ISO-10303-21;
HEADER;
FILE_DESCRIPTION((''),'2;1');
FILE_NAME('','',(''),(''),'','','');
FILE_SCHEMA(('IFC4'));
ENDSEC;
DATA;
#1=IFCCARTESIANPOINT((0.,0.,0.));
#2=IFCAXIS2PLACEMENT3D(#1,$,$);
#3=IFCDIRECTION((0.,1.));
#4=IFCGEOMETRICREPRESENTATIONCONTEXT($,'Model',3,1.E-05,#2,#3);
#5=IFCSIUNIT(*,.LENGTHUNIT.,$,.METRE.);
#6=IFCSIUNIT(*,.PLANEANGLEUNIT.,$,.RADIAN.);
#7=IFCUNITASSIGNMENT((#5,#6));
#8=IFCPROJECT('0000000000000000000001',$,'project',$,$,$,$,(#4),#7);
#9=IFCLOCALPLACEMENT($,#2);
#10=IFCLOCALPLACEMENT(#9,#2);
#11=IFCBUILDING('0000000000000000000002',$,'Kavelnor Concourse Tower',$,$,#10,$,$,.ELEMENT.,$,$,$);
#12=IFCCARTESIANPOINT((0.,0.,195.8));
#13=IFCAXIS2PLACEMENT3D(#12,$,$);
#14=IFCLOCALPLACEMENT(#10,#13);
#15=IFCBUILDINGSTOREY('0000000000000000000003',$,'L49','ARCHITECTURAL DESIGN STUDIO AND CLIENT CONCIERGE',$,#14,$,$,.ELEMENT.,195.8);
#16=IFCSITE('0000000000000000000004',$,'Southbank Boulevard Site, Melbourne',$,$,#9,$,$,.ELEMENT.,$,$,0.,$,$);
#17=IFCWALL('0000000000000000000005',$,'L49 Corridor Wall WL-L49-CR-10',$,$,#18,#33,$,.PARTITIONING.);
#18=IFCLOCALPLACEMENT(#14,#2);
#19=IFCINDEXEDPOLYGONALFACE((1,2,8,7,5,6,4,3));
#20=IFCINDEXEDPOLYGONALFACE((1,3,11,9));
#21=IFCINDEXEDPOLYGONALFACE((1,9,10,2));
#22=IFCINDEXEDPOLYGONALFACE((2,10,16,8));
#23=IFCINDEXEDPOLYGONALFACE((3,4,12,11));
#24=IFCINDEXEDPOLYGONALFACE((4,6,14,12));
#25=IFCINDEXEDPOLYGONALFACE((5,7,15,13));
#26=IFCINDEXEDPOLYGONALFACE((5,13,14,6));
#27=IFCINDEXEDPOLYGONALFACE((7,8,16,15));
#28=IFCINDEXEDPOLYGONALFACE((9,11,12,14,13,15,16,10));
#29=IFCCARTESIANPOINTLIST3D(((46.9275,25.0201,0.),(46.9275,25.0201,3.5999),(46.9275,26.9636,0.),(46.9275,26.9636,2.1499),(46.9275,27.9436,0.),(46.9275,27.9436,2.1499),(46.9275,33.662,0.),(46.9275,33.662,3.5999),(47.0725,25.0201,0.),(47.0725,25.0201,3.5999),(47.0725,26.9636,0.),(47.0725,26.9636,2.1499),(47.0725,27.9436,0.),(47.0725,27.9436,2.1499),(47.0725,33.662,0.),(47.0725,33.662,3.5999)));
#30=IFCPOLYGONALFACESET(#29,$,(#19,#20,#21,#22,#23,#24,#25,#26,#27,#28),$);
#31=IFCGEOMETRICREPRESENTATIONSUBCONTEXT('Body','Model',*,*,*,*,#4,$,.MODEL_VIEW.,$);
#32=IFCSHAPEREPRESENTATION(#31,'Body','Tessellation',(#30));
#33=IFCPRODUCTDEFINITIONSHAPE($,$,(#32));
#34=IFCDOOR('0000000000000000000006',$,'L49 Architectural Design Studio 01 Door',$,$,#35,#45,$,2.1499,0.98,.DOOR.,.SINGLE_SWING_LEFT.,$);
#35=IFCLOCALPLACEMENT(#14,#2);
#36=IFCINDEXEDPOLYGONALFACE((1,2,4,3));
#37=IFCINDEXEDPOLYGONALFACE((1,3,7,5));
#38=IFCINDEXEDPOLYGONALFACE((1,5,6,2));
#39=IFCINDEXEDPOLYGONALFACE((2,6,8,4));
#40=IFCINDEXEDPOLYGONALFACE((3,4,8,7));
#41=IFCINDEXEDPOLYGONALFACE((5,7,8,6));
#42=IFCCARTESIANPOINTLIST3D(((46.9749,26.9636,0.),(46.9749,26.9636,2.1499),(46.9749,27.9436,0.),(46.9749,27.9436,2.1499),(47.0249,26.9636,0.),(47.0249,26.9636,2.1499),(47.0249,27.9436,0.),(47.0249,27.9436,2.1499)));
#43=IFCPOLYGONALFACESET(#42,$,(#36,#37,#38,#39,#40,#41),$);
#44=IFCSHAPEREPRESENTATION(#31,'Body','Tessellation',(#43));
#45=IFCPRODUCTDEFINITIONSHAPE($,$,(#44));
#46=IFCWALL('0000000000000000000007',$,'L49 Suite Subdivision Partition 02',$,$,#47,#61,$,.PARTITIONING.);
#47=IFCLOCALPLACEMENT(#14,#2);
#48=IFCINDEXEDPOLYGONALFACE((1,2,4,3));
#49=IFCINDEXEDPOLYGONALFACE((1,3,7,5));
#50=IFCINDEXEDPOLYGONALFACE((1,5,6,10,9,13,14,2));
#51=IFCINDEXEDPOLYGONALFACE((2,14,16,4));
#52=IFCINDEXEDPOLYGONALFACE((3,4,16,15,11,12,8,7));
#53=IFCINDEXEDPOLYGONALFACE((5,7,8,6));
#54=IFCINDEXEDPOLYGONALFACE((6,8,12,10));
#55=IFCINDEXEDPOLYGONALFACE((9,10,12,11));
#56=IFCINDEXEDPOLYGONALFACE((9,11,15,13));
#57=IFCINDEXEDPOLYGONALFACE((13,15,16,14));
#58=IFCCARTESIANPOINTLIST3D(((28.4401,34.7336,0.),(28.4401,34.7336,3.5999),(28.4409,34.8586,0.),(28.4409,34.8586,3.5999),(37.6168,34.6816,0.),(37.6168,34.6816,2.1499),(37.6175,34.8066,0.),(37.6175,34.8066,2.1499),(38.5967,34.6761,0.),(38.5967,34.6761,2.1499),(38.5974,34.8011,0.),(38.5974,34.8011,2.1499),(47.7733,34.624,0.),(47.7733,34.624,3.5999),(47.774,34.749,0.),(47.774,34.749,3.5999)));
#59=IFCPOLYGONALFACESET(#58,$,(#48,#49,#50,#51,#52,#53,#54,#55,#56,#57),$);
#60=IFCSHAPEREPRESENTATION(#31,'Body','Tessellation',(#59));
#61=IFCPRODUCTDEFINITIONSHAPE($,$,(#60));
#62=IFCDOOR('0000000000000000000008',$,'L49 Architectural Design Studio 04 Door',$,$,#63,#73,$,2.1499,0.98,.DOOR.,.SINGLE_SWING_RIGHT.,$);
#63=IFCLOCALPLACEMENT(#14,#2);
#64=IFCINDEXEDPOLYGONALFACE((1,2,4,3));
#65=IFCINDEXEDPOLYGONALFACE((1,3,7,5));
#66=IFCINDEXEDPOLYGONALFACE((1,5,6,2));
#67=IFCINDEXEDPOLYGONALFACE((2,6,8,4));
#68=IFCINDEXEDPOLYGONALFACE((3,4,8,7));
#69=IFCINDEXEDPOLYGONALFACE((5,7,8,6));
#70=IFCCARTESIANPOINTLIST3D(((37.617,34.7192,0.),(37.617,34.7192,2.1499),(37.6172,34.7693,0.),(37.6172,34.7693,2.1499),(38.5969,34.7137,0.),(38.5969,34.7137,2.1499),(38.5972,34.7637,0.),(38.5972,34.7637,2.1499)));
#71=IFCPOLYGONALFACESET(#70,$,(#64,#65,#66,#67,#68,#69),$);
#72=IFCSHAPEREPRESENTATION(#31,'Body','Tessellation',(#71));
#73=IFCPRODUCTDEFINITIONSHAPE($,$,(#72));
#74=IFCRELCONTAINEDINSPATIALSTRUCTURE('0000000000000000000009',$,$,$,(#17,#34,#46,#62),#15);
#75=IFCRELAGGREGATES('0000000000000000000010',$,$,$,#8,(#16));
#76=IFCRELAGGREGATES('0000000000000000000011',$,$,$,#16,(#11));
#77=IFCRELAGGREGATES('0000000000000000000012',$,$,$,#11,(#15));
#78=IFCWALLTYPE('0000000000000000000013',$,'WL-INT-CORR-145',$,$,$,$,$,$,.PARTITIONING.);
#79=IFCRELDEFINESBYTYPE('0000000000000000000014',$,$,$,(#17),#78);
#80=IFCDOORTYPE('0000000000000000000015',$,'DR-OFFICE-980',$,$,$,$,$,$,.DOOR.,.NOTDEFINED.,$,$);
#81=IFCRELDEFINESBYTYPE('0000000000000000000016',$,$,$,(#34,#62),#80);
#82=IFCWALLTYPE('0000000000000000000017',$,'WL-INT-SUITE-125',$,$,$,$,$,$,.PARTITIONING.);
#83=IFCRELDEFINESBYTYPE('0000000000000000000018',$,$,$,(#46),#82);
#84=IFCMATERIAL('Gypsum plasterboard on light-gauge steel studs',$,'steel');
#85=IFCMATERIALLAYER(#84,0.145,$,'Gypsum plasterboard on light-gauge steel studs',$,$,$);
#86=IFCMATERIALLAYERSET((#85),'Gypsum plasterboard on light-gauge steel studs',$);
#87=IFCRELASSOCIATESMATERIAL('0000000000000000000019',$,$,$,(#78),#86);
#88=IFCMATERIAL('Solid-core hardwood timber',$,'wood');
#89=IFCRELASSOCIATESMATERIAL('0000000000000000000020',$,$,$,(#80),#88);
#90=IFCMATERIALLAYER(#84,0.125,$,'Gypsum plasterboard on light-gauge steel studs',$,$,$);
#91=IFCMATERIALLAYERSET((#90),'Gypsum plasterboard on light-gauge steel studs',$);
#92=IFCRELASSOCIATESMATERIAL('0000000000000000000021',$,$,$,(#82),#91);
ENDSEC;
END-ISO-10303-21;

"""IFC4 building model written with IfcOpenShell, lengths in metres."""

from ifc_helpers import new_model, si_unit, direction, frame, frame_2d, origin, place, context, subcontext, project, spatial, rectangle, extrude, material, layer, layer_set, type_object, element, fill, save


model = new_model("IFC4")

# Units and contexts
model_context = context("Model", 3, precision=1e-05, world=origin(), true_north=direction((0.0, 1.0)))
body_context = subcontext(model_context, "Body", "Model", "MODEL_VIEW")
ifc_project = project(units=[si_unit("LENGTHUNIT", "METRE"), si_unit("PLANEANGLEUNIT", "RADIAN")], contexts=[model_context])

# Site, building, storey
site_placement = place(None, origin())
site = spatial("IfcSite", under=ifc_project, at=site_placement, Name="Southbank Boulevard Site, Melbourne", CompositionType="ELEMENT", RefElevation=0.0)
building_placement = place(site_placement, origin())
building = spatial("IfcBuilding", under=site, at=building_placement, Name="Kavelnor Concourse Tower", CompositionType="ELEMENT")
storey_placement = place(building_placement, frame((0.0, 0.0, 195.8)))
storey = spatial("IfcBuildingStorey", under=building, at=storey_placement, Name="L49", Description="ARCHITECTURAL DESIGN STUDIO AND CLIENT CONCIERGE", CompositionType="ELEMENT", Elevation=195.8)

# Shared definitions
ifc_material_1 = material(Name="Gypsum plasterboard on light-gauge steel studs", Category="steel")
ifc_layer_1 = layer(ifc_material_1, 0.145, Name="Gypsum plasterboard on light-gauge steel studs")
ifc_layer_set_1 = layer_set([ifc_layer_1], Name="Gypsum plasterboard on light-gauge steel studs")
wall_type_1 = type_object("IfcWallType", Name="WL-INT-CORR-145", PredefinedType="PARTITIONING", material=ifc_layer_set_1)

# Walls, openings, doors
wall_1_placement = place(storey_placement, frame((47.0, 33.6619, 0.0), z_axis=(0.0, 0.0, 1.0), x_axis=(0.0, -1.0, 0.0)))
wall_1 = element("IfcWall", 1, at=wall_1_placement, inside=storey, type_object=wall_type_1, Name="L49 Corridor Wall WL-L49-CR-10", PredefinedType="PARTITIONING", context=body_context, shape_type="SweptSolid", body=[
    extrude(rectangle(XDim=8.6418, YDim=0.145, at=frame_2d((4.3208, 0.0))), origin(), (0.0, 0.0, 1.0), 3.5999),
])
opening_1_placement = place(wall_1_placement, frame((5.7183, 0.0, 0.0)))
opening_1 = element("IfcOpeningElement", 2, at=opening_1_placement, cuts=wall_1, PredefinedType="OPENING", context=body_context, shape_type="SweptSolid", body=[
    extrude(rectangle(XDim=0.98, YDim=2.1499, at=frame_2d((0.49, 1.075))), frame((0.0, 0.0825, 0.0), z_axis=(0.0, -1.0, 0.0), x_axis=(1.0, 0.0, 0.0)), (0.0, 0.0, 1.0), 0.165),
])
ifc_material_2 = material(Name="Solid-core hardwood timber", Category="wood")
door_type = type_object("IfcDoorType", Name="DR-OFFICE-980", OperationType="NOTDEFINED", PredefinedType="DOOR", material=ifc_material_2)
door_1_placement = place(opening_1_placement, origin())
door_1 = element("IfcDoor", 3, at=door_1_placement, inside=storey, type_object=door_type, Name="L49 Architectural Design Studio 01 Door", OperationType="SINGLE_SWING_LEFT", OverallHeight=2.1499, OverallWidth=0.98, PredefinedType="DOOR", context=body_context, shape_type="SweptSolid", body=[
    extrude(rectangle(XDim=0.98, YDim=2.1499, at=frame_2d((0.49, 1.075))), frame((0.0, 0.0249, 0.0), z_axis=(0.0, -1.0, 0.0), x_axis=(1.0, 0.0, 0.0)), (0.0, 0.0, 1.0), 0.05),
])
fill(opening_1, door_1)
ifc_layer_2 = layer(ifc_material_1, 0.125, Name="Gypsum plasterboard on light-gauge steel studs")
ifc_layer_set_2 = layer_set([ifc_layer_2], Name="Gypsum plasterboard on light-gauge steel studs")
wall_type_2 = type_object("IfcWallType", Name="WL-INT-SUITE-125", PredefinedType="PARTITIONING", material=ifc_layer_set_2)
wall_2_placement = place(storey_placement, frame((47.7737, 34.6865, 0.0), z_axis=(0.0, 0.0, 1.0), x_axis=(-0.999984, 0.00567, 0.0)))
wall_2 = element("IfcWall", 4, at=wall_2_placement, inside=storey, type_object=wall_type_2, Name="L49 Suite Subdivision Partition 02", PredefinedType="PARTITIONING", context=body_context, shape_type="SweptSolid", body=[
    extrude(rectangle(XDim=19.3335, YDim=0.125, at=frame_2d((9.6667, 0.0))), origin(), (0.0, 0.0, 1.0), 3.5999),
])
opening_2_placement = place(wall_2_placement, frame((9.1768, 0.0, 0.0)))
opening_2 = element("IfcOpeningElement", 5, at=opening_2_placement, cuts=wall_2, PredefinedType="OPENING", context=body_context, shape_type="SweptSolid", body=[
    extrude(rectangle(XDim=0.98, YDim=2.1499, at=frame_2d((0.49, 1.075))), frame((0.0, 0.0725, 0.0), z_axis=(0.0, -1.0, 0.0), x_axis=(1.0, 0.0, 0.0)), (0.0, 0.0, 1.0), 0.145),
])
door_2_placement = place(opening_2_placement, origin())
door_2 = element("IfcDoor", 6, at=door_2_placement, inside=storey, type_object=door_type, Name="L49 Architectural Design Studio 04 Door", OperationType="SINGLE_SWING_RIGHT", OverallHeight=2.1499, OverallWidth=0.98, PredefinedType="DOOR", context=body_context, shape_type="SweptSolid", body=[
    extrude(rectangle(XDim=0.98, YDim=2.1499, at=frame_2d((0.49, 1.075))), frame((0.0, 0.0249, 0.0), z_axis=(0.0, -1.0, 0.0), x_axis=(1.0, 0.0, 0.0)), (0.0, 0.0, 1.0), 0.05),
])
fill(opening_2, door_2)

save(model, "model.ifc")
